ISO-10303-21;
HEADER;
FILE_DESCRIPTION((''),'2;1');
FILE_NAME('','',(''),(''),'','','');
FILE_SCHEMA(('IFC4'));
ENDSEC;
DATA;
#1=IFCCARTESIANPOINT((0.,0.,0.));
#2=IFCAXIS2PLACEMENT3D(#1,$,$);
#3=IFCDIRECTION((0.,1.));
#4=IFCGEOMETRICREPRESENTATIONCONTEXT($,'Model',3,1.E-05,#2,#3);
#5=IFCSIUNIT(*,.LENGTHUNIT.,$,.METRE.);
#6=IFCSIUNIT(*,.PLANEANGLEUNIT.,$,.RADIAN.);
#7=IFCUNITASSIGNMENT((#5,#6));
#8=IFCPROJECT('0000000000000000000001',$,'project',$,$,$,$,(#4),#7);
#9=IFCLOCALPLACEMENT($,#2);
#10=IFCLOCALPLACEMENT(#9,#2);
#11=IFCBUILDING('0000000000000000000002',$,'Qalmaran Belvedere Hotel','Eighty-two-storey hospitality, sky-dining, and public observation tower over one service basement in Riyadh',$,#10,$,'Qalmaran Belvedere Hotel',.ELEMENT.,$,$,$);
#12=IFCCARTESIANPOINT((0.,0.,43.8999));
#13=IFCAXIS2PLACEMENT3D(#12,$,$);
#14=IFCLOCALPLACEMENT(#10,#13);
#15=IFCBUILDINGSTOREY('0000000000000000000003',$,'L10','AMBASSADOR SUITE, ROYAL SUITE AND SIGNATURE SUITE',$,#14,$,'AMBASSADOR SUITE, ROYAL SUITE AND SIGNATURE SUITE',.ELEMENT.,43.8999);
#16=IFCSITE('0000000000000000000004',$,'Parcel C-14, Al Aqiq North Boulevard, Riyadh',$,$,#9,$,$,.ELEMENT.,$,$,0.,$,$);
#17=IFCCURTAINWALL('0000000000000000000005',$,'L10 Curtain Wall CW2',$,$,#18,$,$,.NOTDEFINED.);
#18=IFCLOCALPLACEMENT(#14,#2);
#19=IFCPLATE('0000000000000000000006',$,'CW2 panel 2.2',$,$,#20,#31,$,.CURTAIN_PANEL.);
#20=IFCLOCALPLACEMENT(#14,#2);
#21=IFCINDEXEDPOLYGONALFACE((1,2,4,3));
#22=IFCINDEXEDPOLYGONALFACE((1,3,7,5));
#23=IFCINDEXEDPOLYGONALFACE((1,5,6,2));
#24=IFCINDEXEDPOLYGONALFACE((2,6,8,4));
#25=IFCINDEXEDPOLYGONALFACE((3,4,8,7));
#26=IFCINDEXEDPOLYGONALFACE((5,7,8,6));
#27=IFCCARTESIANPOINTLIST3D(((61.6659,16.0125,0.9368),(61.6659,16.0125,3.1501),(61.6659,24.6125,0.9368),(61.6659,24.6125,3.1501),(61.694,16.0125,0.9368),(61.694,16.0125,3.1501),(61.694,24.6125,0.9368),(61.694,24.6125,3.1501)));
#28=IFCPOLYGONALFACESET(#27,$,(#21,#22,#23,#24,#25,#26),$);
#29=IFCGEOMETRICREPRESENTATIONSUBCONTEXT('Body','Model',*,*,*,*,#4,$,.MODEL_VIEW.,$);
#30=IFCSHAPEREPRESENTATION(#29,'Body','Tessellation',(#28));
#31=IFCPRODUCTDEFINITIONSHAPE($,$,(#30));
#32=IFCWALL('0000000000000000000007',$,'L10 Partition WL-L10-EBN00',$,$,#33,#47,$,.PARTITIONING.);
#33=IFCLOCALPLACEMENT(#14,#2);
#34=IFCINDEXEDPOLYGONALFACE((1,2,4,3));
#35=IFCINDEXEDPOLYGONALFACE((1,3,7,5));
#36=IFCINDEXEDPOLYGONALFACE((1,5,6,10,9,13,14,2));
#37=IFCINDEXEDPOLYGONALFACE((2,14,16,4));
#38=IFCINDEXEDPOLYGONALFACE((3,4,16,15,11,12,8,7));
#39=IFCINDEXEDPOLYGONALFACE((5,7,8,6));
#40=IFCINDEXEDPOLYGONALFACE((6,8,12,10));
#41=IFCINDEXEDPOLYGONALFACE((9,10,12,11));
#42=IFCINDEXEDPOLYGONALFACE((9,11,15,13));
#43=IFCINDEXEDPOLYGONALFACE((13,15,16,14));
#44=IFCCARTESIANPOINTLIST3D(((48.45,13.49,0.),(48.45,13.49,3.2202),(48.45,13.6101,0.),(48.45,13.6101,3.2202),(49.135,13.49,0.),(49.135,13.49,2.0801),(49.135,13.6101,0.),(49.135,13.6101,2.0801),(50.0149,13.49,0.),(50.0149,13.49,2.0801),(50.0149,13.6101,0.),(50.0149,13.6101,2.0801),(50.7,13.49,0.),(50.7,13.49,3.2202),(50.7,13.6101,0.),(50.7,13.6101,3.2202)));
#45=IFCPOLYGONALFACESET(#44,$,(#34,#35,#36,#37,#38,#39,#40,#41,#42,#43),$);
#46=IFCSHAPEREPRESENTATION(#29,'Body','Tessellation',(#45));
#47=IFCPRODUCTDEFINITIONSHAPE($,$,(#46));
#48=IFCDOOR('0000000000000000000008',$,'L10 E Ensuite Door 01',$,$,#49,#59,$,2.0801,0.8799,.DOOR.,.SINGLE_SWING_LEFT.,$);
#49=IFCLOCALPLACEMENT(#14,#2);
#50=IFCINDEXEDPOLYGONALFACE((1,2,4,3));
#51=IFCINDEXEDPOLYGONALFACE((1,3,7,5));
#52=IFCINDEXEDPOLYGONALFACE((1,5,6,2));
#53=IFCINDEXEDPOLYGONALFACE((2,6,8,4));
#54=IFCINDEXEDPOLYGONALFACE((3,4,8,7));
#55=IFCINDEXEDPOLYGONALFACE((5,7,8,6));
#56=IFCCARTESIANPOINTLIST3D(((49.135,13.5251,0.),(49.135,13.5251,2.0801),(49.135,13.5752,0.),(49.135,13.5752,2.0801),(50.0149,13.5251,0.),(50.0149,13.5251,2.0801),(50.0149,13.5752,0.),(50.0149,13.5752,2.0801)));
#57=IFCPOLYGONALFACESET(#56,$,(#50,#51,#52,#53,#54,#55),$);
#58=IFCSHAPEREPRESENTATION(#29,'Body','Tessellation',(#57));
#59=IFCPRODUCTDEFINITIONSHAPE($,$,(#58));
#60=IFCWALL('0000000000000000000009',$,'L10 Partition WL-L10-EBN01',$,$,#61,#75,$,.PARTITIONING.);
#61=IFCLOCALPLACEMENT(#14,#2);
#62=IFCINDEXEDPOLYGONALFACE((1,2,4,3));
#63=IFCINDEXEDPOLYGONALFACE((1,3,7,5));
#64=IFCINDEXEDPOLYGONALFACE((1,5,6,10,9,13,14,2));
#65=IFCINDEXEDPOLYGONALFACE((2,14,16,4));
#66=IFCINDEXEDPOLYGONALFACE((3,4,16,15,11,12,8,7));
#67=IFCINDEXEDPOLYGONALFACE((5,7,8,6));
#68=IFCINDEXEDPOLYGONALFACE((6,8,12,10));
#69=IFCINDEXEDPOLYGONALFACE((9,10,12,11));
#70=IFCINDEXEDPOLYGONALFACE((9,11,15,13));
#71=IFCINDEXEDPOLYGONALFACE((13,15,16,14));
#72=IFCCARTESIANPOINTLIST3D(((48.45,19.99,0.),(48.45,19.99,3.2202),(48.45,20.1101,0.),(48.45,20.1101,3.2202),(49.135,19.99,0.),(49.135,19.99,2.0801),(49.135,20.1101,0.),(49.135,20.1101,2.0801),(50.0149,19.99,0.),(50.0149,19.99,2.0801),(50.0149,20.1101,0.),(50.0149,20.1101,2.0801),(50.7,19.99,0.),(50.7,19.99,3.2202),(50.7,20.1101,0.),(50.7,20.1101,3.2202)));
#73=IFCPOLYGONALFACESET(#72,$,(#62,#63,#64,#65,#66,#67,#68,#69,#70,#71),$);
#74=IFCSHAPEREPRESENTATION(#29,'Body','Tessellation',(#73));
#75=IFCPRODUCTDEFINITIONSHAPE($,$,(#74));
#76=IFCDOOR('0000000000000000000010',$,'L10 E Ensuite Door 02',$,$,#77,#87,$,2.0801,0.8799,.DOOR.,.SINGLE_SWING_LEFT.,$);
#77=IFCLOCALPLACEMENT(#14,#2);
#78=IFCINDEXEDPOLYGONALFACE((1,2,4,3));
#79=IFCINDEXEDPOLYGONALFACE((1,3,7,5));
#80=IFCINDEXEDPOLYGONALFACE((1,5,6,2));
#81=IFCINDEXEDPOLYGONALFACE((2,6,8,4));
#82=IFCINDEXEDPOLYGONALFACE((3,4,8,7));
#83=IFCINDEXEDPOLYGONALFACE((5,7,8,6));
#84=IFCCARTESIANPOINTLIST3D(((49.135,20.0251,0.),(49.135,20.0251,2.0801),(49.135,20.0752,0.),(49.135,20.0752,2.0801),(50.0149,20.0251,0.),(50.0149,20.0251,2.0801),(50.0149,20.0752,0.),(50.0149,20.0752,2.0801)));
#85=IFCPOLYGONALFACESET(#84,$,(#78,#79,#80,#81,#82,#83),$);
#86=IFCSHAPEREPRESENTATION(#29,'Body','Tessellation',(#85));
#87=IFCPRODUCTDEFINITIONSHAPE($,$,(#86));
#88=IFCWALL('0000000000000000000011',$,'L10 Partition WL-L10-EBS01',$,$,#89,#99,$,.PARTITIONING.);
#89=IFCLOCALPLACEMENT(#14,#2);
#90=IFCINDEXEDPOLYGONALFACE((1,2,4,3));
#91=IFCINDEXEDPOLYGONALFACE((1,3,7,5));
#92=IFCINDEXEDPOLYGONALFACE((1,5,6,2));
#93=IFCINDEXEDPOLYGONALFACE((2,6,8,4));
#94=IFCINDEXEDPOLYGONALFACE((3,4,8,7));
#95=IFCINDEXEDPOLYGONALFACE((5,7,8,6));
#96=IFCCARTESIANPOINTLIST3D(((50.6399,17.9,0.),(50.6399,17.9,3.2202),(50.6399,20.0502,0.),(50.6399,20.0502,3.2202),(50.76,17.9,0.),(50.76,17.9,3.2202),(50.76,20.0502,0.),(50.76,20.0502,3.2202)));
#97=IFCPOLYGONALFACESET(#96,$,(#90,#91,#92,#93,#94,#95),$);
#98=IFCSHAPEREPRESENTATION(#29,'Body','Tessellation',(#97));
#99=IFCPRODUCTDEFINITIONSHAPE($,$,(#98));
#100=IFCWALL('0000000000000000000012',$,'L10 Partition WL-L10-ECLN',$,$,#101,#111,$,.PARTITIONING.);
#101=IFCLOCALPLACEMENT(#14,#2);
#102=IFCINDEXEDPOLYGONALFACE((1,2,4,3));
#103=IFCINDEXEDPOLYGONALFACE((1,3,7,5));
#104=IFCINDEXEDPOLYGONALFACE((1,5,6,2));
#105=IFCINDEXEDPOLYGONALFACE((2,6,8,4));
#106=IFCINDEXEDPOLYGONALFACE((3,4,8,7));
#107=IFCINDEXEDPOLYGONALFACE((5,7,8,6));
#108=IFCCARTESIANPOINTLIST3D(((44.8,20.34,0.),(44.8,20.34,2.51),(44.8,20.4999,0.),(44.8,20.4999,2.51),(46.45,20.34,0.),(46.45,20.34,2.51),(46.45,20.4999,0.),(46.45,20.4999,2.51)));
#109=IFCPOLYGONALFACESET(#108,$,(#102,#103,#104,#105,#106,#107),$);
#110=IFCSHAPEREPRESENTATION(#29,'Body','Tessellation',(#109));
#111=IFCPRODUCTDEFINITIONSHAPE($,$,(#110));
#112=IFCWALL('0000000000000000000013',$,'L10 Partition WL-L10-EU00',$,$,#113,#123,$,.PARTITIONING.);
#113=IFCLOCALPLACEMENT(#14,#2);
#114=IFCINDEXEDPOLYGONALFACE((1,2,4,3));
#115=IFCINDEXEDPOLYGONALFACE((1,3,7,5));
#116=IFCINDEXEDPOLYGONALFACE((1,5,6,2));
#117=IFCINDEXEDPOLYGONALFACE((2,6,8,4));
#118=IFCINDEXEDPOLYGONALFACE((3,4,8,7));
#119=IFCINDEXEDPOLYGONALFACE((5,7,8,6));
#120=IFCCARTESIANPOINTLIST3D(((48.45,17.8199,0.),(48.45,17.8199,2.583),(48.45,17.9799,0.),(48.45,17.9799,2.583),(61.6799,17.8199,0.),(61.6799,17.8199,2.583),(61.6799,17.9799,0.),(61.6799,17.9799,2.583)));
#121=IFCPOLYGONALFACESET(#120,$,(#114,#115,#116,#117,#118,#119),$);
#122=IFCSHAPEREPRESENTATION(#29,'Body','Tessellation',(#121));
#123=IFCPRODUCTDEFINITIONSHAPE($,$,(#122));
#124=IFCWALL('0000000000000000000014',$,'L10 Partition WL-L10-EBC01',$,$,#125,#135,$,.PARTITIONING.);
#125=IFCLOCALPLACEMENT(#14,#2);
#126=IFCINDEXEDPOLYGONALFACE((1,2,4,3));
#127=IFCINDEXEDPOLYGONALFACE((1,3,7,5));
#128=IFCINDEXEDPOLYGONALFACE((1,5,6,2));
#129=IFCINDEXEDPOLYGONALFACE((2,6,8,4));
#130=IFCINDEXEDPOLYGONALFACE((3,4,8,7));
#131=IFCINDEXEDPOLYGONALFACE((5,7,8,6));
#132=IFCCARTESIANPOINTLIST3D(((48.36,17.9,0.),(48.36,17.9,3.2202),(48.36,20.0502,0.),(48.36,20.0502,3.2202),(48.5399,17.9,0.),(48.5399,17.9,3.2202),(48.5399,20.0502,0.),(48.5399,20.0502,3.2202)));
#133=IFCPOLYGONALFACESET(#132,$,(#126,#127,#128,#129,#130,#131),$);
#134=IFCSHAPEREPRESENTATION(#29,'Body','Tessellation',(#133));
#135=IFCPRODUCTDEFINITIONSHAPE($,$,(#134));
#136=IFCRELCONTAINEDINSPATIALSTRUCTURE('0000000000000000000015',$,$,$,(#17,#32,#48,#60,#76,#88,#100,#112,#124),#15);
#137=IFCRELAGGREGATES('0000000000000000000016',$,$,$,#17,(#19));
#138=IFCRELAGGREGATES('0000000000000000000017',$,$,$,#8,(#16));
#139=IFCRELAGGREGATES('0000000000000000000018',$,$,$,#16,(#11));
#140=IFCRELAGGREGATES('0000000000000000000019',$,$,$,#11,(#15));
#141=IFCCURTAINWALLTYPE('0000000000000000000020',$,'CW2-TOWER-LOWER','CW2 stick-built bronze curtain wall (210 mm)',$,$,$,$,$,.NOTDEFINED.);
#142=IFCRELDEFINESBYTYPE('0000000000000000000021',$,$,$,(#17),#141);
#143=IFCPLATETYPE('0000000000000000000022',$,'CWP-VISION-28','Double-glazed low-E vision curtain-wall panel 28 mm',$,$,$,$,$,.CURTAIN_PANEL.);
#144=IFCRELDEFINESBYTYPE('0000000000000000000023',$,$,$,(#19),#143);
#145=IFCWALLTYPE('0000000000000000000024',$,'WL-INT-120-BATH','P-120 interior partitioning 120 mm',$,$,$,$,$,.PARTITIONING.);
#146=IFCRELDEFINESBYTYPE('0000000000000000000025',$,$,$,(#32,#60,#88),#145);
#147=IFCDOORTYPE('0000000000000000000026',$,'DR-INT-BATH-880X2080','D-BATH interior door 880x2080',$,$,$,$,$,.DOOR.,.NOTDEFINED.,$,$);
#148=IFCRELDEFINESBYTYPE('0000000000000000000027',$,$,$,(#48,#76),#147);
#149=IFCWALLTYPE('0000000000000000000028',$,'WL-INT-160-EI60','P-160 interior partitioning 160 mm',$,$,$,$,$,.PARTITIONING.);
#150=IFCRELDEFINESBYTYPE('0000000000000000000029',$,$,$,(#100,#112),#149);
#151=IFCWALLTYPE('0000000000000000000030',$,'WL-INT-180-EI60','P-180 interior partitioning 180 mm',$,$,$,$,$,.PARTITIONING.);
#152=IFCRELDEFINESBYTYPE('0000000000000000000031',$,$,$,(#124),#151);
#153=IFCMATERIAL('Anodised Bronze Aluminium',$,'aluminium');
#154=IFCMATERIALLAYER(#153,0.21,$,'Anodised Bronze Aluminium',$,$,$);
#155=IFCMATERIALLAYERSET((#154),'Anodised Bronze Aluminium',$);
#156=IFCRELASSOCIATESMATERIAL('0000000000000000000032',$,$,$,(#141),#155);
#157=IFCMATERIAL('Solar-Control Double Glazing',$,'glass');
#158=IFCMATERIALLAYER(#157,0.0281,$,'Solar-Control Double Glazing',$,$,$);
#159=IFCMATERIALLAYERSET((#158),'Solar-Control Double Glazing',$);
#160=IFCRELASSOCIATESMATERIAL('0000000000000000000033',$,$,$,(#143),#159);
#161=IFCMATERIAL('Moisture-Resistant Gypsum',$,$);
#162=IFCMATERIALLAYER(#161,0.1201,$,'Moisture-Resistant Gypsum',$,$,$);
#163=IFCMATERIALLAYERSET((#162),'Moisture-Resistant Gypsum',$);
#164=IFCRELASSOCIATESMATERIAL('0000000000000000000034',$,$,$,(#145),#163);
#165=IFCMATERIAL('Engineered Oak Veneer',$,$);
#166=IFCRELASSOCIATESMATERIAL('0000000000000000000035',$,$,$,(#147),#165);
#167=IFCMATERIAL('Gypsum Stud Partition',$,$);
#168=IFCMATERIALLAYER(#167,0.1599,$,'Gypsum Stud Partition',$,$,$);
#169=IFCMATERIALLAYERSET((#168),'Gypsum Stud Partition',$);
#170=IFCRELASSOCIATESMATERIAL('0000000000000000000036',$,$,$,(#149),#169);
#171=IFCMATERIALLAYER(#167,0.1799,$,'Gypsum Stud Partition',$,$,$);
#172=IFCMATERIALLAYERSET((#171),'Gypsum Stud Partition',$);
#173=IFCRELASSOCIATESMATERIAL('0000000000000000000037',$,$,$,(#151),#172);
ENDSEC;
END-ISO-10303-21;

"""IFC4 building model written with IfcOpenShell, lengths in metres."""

from ifc_helpers import new_model, si_unit, direction, frame, frame_2d, origin, origin_2d, place, context, subcontext, project, spatial, rectangle, extrude, material, layer, layer_set, type_object, element, fill, aggregate, save


model = new_model("IFC4")

# Units and contexts
model_context = context("Model", 3, precision=1e-05, world=origin(), true_north=direction((0.0, 1.0)))
body_context = subcontext(model_context, "Body", "Model", "MODEL_VIEW")
ifc_project = project(units=[si_unit("LENGTHUNIT", "METRE"), si_unit("PLANEANGLEUNIT", "RADIAN")], contexts=[model_context])

# Site, building, storey
site_placement = place(None, origin())
site = spatial("IfcSite", under=ifc_project, at=site_placement, Name="Parcel C-14, Al Aqiq North Boulevard, Riyadh", CompositionType="ELEMENT", RefElevation=0.0)
building_placement = place(site_placement, origin())
building = spatial("IfcBuilding", under=site, at=building_placement, Name="Qalmaran Belvedere Hotel", Description="Eighty-two-storey hospitality, sky-dining, and public observation tower over one service basement in Riyadh", LongName="Qalmaran Belvedere Hotel", CompositionType="ELEMENT")
storey_placement = place(building_placement, frame((0.0, 0.0, 43.8999)))
storey = spatial("IfcBuildingStorey", under=building, at=storey_placement, Name="L10", Description="AMBASSADOR SUITE, ROYAL SUITE AND SIGNATURE SUITE", LongName="AMBASSADOR SUITE, ROYAL SUITE AND SIGNATURE SUITE", CompositionType="ELEMENT", Elevation=43.8999)

# Curtain wall, plate
ifc_material_1 = material(Name="Anodised Bronze Aluminium", Category="aluminium")
ifc_layer_1 = layer(ifc_material_1, 0.21, Name="Anodised Bronze Aluminium")
ifc_layer_set_1 = layer_set([ifc_layer_1], Name="Anodised Bronze Aluminium")
curtain_wall_type = type_object("IfcCurtainWallType", Name="CW2-TOWER-LOWER", Description="CW2 stick-built bronze curtain wall (210 mm)", PredefinedType="NOTDEFINED", material=ifc_layer_set_1)
curtain_wall_placement = place(storey_placement, origin())
curtain_wall = element("IfcCurtainWall", 1, at=curtain_wall_placement, inside=storey, type_object=curtain_wall_type, Name="L10 Curtain Wall CW2", PredefinedType="NOTDEFINED")
ifc_material_2 = material(Name="Solar-Control Double Glazing", Category="glass")
ifc_layer_2 = layer(ifc_material_2, 0.0281, Name="Solar-Control Double Glazing")
ifc_layer_set_2 = layer_set([ifc_layer_2], Name="Solar-Control Double Glazing")
plate_type_1 = type_object("IfcPlateType", Name="CWP-VISION-28", Description="Double-glazed low-E vision curtain-wall panel 28 mm", PredefinedType="CURTAIN_PANEL", material=ifc_layer_set_2)
plate_1_placement = place(storey_placement, frame((61.6799, 20.3125, 0.9368), z_axis=(0.0, 0.0, 1.0), x_axis=(0.0, 1.0, 0.0)))
plate_1 = element("IfcPlate", 2, at=plate_1_placement, type_object=plate_type_1, Name="CW2 panel 2.2", PredefinedType="CURTAIN_PANEL", context=body_context, shape_type="SweptSolid", body=[
    extrude(rectangle(XDim=8.6001, YDim=0.0281, at=origin_2d()), origin(), (0.0, 0.0, 1.0), 2.2134),
])
aggregate(curtain_wall, [plate_1])

# Walls, openings, doors
ifc_material_3 = material(Name="Moisture-Resistant Gypsum")
ifc_layer_3 = layer(ifc_material_3, 0.1201, Name="Moisture-Resistant Gypsum")
ifc_layer_set_3 = layer_set([ifc_layer_3], Name="Moisture-Resistant Gypsum")
wall_type_1 = type_object("IfcWallType", Name="WL-INT-120-BATH", Description="P-120 interior partitioning 120 mm", PredefinedType="PARTITIONING", material=ifc_layer_set_3)
wall_1_placement = place(storey_placement, frame((48.45, 13.55, 0.0), z_axis=(0.0, 0.0, 1.0), x_axis=(1.0, 0.0, 0.0)))
wall_1 = element("IfcWall", 3, at=wall_1_placement, inside=storey, type_object=wall_type_1, Name="L10 Partition WL-L10-EBN00", PredefinedType="PARTITIONING", context=body_context, shape_type="SweptSolid", body=[
    extrude(rectangle(XDim=2.25, YDim=0.1201, at=frame_2d((1.125, 0.0))), origin(), (0.0, 0.0, 1.0), 3.2202),
])
opening_1_placement = place(wall_1_placement, frame((1.5649, 0.0, 0.0), z_axis=(0.0, 0.0, 1.0), x_axis=(-1.0, 0.0, 0.0)))
opening_1 = element("IfcOpeningElement", 4, at=opening_1_placement, cuts=wall_1, PredefinedType="OPENING", context=body_context, shape_type="SweptSolid", body=[
    extrude(rectangle(XDim=0.8799, YDim=2.0801, at=frame_2d((0.4399, 1.04))), frame((0.0, 0.0701, 0.0), z_axis=(0.0, -1.0, 0.0), x_axis=(1.0, 0.0, 0.0)), (0.0, 0.0, 1.0), 0.1401),
])
ifc_material_4 = material(Name="Engineered Oak Veneer")
door_type_1 = type_object("IfcDoorType", Name="DR-INT-BATH-880X2080", Description="D-BATH interior door 880x2080", OperationType="NOTDEFINED", PredefinedType="DOOR", material=ifc_material_4)
door_1_placement = place(opening_1_placement, origin())
door_1 = element("IfcDoor", 5, at=door_1_placement, inside=storey, type_object=door_type_1, Name="L10 E Ensuite Door 01", OperationType="SINGLE_SWING_LEFT", OverallHeight=2.0801, OverallWidth=0.8799, PredefinedType="DOOR", context=body_context, shape_type="SweptSolid", body=[
    extrude(rectangle(XDim=0.8799, YDim=2.0801, at=frame_2d((0.4399, 1.04))), frame((0.0, 0.0249, 0.0), z_axis=(0.0, -1.0, 0.0), x_axis=(1.0, 0.0, 0.0)), (0.0, 0.0, 1.0), 0.05),
])
fill(opening_1, door_1)
wall_2_placement = place(storey_placement, frame((48.45, 20.05, 0.0), z_axis=(0.0, 0.0, 1.0), x_axis=(1.0, 0.0, 0.0)))
wall_2 = element("IfcWall", 6, at=wall_2_placement, inside=storey, type_object=wall_type_1, Name="L10 Partition WL-L10-EBN01", PredefinedType="PARTITIONING", context=body_context, shape_type="SweptSolid", body=[
    extrude(rectangle(XDim=2.25, YDim=0.1201, at=frame_2d((1.125, 0.0))), origin(), (0.0, 0.0, 1.0), 3.2202),
])
opening_2_placement = place(wall_2_placement, frame((1.5649, 0.0, 0.0), z_axis=(0.0, 0.0, 1.0), x_axis=(-1.0, 0.0, 0.0)))
opening_2 = element("IfcOpeningElement", 7, at=opening_2_placement, cuts=wall_2, PredefinedType="OPENING", context=body_context, shape_type="SweptSolid", body=[
    extrude(rectangle(XDim=0.8799, YDim=2.0801, at=frame_2d((0.4399, 1.04))), frame((0.0, 0.0701, 0.0), z_axis=(0.0, -1.0, 0.0), x_axis=(1.0, 0.0, 0.0)), (0.0, 0.0, 1.0), 0.1401),
])
door_2_placement = place(opening_2_placement, origin())
door_2 = element("IfcDoor", 8, at=door_2_placement, inside=storey, type_object=door_type_1, Name="L10 E Ensuite Door 02", OperationType="SINGLE_SWING_LEFT", OverallHeight=2.0801, OverallWidth=0.8799, PredefinedType="DOOR", context=body_context, shape_type="SweptSolid", body=[
    extrude(rectangle(XDim=0.8799, YDim=2.0801, at=frame_2d((0.4399, 1.04))), frame((0.0, 0.0249, 0.0), z_axis=(0.0, -1.0, 0.0), x_axis=(1.0, 0.0, 0.0)), (0.0, 0.0, 1.0), 0.05),
])
fill(opening_2, door_2)

# Walls
wall_3_placement = place(storey_placement, frame((50.7, 17.8999, 0.0), z_axis=(0.0, 0.0, 1.0), x_axis=(0.0, 1.0, 0.0)))
element("IfcWall", 9, at=wall_3_placement, inside=storey, type_object=wall_type_1, Name="L10 Partition WL-L10-EBS01", PredefinedType="PARTITIONING", context=body_context, shape_type="SweptSolid", body=[
    extrude(rectangle(XDim=2.1501, YDim=0.1201, at=frame_2d((1.0752, 0.0))), origin(), (0.0, 0.0, 1.0), 3.2202),
])
ifc_material_5 = material(Name="Gypsum Stud Partition")
ifc_layer_4 = layer(ifc_material_5, 0.1599, Name="Gypsum Stud Partition")
ifc_layer_set_4 = layer_set([ifc_layer_4], Name="Gypsum Stud Partition")
wall_type_2 = type_object("IfcWallType", Name="WL-INT-160-EI60", Description="P-160 interior partitioning 160 mm", PredefinedType="PARTITIONING", material=ifc_layer_set_4)
wall_4_placement = place(storey_placement, frame((44.8, 20.4199, 0.0), z_axis=(0.0, 0.0, 1.0), x_axis=(1.0, 0.0, 0.0)))
element("IfcWall", 10, at=wall_4_placement, inside=storey, type_object=wall_type_2, Name="L10 Partition WL-L10-ECLN", PredefinedType="PARTITIONING", context=body_context, shape_type="SweptSolid", body=[
    extrude(rectangle(XDim=1.6499, YDim=0.1599, at=frame_2d((0.825, 0.0))), origin(), (0.0, 0.0, 1.0), 2.51),
])
wall_5_placement = place(storey_placement, frame((48.45, 17.8999, 0.0), z_axis=(0.0, 0.0, 1.0), x_axis=(1.0, 0.0, 0.0)))
element("IfcWall", 11, at=wall_5_placement, inside=storey, type_object=wall_type_2, Name="L10 Partition WL-L10-EU00", PredefinedType="PARTITIONING", context=body_context, shape_type="SweptSolid", body=[
    extrude(rectangle(XDim=13.23, YDim=0.1599, at=frame_2d((6.615, 0.0))), origin(), (0.0, 0.0, 1.0), 2.583),
])

# Shared definitions
ifc_layer_5 = layer(ifc_material_5, 0.1799, Name="Gypsum Stud Partition")
ifc_layer_set_5 = layer_set([ifc_layer_5], Name="Gypsum Stud Partition")
wall_type_3 = type_object("IfcWallType", Name="WL-INT-180-EI60", Description="P-180 interior partitioning 180 mm", PredefinedType="PARTITIONING", material=ifc_layer_set_5)

# Wall
wall_6_placement = place(storey_placement, frame((48.45, 17.8999, 0.0), z_axis=(0.0, 0.0, 1.0), x_axis=(0.0, 1.0, 0.0)))
element("IfcWall", 12, at=wall_6_placement, inside=storey, type_object=wall_type_3, Name="L10 Partition WL-L10-EBC01", PredefinedType="PARTITIONING", context=body_context, shape_type="SweptSolid", body=[
    extrude(rectangle(XDim=2.1501, YDim=0.1799, at=frame_2d((1.0752, 0.0))), origin(), (0.0, 0.0, 1.0), 3.2202),
])

save(model, "model.ifc")
